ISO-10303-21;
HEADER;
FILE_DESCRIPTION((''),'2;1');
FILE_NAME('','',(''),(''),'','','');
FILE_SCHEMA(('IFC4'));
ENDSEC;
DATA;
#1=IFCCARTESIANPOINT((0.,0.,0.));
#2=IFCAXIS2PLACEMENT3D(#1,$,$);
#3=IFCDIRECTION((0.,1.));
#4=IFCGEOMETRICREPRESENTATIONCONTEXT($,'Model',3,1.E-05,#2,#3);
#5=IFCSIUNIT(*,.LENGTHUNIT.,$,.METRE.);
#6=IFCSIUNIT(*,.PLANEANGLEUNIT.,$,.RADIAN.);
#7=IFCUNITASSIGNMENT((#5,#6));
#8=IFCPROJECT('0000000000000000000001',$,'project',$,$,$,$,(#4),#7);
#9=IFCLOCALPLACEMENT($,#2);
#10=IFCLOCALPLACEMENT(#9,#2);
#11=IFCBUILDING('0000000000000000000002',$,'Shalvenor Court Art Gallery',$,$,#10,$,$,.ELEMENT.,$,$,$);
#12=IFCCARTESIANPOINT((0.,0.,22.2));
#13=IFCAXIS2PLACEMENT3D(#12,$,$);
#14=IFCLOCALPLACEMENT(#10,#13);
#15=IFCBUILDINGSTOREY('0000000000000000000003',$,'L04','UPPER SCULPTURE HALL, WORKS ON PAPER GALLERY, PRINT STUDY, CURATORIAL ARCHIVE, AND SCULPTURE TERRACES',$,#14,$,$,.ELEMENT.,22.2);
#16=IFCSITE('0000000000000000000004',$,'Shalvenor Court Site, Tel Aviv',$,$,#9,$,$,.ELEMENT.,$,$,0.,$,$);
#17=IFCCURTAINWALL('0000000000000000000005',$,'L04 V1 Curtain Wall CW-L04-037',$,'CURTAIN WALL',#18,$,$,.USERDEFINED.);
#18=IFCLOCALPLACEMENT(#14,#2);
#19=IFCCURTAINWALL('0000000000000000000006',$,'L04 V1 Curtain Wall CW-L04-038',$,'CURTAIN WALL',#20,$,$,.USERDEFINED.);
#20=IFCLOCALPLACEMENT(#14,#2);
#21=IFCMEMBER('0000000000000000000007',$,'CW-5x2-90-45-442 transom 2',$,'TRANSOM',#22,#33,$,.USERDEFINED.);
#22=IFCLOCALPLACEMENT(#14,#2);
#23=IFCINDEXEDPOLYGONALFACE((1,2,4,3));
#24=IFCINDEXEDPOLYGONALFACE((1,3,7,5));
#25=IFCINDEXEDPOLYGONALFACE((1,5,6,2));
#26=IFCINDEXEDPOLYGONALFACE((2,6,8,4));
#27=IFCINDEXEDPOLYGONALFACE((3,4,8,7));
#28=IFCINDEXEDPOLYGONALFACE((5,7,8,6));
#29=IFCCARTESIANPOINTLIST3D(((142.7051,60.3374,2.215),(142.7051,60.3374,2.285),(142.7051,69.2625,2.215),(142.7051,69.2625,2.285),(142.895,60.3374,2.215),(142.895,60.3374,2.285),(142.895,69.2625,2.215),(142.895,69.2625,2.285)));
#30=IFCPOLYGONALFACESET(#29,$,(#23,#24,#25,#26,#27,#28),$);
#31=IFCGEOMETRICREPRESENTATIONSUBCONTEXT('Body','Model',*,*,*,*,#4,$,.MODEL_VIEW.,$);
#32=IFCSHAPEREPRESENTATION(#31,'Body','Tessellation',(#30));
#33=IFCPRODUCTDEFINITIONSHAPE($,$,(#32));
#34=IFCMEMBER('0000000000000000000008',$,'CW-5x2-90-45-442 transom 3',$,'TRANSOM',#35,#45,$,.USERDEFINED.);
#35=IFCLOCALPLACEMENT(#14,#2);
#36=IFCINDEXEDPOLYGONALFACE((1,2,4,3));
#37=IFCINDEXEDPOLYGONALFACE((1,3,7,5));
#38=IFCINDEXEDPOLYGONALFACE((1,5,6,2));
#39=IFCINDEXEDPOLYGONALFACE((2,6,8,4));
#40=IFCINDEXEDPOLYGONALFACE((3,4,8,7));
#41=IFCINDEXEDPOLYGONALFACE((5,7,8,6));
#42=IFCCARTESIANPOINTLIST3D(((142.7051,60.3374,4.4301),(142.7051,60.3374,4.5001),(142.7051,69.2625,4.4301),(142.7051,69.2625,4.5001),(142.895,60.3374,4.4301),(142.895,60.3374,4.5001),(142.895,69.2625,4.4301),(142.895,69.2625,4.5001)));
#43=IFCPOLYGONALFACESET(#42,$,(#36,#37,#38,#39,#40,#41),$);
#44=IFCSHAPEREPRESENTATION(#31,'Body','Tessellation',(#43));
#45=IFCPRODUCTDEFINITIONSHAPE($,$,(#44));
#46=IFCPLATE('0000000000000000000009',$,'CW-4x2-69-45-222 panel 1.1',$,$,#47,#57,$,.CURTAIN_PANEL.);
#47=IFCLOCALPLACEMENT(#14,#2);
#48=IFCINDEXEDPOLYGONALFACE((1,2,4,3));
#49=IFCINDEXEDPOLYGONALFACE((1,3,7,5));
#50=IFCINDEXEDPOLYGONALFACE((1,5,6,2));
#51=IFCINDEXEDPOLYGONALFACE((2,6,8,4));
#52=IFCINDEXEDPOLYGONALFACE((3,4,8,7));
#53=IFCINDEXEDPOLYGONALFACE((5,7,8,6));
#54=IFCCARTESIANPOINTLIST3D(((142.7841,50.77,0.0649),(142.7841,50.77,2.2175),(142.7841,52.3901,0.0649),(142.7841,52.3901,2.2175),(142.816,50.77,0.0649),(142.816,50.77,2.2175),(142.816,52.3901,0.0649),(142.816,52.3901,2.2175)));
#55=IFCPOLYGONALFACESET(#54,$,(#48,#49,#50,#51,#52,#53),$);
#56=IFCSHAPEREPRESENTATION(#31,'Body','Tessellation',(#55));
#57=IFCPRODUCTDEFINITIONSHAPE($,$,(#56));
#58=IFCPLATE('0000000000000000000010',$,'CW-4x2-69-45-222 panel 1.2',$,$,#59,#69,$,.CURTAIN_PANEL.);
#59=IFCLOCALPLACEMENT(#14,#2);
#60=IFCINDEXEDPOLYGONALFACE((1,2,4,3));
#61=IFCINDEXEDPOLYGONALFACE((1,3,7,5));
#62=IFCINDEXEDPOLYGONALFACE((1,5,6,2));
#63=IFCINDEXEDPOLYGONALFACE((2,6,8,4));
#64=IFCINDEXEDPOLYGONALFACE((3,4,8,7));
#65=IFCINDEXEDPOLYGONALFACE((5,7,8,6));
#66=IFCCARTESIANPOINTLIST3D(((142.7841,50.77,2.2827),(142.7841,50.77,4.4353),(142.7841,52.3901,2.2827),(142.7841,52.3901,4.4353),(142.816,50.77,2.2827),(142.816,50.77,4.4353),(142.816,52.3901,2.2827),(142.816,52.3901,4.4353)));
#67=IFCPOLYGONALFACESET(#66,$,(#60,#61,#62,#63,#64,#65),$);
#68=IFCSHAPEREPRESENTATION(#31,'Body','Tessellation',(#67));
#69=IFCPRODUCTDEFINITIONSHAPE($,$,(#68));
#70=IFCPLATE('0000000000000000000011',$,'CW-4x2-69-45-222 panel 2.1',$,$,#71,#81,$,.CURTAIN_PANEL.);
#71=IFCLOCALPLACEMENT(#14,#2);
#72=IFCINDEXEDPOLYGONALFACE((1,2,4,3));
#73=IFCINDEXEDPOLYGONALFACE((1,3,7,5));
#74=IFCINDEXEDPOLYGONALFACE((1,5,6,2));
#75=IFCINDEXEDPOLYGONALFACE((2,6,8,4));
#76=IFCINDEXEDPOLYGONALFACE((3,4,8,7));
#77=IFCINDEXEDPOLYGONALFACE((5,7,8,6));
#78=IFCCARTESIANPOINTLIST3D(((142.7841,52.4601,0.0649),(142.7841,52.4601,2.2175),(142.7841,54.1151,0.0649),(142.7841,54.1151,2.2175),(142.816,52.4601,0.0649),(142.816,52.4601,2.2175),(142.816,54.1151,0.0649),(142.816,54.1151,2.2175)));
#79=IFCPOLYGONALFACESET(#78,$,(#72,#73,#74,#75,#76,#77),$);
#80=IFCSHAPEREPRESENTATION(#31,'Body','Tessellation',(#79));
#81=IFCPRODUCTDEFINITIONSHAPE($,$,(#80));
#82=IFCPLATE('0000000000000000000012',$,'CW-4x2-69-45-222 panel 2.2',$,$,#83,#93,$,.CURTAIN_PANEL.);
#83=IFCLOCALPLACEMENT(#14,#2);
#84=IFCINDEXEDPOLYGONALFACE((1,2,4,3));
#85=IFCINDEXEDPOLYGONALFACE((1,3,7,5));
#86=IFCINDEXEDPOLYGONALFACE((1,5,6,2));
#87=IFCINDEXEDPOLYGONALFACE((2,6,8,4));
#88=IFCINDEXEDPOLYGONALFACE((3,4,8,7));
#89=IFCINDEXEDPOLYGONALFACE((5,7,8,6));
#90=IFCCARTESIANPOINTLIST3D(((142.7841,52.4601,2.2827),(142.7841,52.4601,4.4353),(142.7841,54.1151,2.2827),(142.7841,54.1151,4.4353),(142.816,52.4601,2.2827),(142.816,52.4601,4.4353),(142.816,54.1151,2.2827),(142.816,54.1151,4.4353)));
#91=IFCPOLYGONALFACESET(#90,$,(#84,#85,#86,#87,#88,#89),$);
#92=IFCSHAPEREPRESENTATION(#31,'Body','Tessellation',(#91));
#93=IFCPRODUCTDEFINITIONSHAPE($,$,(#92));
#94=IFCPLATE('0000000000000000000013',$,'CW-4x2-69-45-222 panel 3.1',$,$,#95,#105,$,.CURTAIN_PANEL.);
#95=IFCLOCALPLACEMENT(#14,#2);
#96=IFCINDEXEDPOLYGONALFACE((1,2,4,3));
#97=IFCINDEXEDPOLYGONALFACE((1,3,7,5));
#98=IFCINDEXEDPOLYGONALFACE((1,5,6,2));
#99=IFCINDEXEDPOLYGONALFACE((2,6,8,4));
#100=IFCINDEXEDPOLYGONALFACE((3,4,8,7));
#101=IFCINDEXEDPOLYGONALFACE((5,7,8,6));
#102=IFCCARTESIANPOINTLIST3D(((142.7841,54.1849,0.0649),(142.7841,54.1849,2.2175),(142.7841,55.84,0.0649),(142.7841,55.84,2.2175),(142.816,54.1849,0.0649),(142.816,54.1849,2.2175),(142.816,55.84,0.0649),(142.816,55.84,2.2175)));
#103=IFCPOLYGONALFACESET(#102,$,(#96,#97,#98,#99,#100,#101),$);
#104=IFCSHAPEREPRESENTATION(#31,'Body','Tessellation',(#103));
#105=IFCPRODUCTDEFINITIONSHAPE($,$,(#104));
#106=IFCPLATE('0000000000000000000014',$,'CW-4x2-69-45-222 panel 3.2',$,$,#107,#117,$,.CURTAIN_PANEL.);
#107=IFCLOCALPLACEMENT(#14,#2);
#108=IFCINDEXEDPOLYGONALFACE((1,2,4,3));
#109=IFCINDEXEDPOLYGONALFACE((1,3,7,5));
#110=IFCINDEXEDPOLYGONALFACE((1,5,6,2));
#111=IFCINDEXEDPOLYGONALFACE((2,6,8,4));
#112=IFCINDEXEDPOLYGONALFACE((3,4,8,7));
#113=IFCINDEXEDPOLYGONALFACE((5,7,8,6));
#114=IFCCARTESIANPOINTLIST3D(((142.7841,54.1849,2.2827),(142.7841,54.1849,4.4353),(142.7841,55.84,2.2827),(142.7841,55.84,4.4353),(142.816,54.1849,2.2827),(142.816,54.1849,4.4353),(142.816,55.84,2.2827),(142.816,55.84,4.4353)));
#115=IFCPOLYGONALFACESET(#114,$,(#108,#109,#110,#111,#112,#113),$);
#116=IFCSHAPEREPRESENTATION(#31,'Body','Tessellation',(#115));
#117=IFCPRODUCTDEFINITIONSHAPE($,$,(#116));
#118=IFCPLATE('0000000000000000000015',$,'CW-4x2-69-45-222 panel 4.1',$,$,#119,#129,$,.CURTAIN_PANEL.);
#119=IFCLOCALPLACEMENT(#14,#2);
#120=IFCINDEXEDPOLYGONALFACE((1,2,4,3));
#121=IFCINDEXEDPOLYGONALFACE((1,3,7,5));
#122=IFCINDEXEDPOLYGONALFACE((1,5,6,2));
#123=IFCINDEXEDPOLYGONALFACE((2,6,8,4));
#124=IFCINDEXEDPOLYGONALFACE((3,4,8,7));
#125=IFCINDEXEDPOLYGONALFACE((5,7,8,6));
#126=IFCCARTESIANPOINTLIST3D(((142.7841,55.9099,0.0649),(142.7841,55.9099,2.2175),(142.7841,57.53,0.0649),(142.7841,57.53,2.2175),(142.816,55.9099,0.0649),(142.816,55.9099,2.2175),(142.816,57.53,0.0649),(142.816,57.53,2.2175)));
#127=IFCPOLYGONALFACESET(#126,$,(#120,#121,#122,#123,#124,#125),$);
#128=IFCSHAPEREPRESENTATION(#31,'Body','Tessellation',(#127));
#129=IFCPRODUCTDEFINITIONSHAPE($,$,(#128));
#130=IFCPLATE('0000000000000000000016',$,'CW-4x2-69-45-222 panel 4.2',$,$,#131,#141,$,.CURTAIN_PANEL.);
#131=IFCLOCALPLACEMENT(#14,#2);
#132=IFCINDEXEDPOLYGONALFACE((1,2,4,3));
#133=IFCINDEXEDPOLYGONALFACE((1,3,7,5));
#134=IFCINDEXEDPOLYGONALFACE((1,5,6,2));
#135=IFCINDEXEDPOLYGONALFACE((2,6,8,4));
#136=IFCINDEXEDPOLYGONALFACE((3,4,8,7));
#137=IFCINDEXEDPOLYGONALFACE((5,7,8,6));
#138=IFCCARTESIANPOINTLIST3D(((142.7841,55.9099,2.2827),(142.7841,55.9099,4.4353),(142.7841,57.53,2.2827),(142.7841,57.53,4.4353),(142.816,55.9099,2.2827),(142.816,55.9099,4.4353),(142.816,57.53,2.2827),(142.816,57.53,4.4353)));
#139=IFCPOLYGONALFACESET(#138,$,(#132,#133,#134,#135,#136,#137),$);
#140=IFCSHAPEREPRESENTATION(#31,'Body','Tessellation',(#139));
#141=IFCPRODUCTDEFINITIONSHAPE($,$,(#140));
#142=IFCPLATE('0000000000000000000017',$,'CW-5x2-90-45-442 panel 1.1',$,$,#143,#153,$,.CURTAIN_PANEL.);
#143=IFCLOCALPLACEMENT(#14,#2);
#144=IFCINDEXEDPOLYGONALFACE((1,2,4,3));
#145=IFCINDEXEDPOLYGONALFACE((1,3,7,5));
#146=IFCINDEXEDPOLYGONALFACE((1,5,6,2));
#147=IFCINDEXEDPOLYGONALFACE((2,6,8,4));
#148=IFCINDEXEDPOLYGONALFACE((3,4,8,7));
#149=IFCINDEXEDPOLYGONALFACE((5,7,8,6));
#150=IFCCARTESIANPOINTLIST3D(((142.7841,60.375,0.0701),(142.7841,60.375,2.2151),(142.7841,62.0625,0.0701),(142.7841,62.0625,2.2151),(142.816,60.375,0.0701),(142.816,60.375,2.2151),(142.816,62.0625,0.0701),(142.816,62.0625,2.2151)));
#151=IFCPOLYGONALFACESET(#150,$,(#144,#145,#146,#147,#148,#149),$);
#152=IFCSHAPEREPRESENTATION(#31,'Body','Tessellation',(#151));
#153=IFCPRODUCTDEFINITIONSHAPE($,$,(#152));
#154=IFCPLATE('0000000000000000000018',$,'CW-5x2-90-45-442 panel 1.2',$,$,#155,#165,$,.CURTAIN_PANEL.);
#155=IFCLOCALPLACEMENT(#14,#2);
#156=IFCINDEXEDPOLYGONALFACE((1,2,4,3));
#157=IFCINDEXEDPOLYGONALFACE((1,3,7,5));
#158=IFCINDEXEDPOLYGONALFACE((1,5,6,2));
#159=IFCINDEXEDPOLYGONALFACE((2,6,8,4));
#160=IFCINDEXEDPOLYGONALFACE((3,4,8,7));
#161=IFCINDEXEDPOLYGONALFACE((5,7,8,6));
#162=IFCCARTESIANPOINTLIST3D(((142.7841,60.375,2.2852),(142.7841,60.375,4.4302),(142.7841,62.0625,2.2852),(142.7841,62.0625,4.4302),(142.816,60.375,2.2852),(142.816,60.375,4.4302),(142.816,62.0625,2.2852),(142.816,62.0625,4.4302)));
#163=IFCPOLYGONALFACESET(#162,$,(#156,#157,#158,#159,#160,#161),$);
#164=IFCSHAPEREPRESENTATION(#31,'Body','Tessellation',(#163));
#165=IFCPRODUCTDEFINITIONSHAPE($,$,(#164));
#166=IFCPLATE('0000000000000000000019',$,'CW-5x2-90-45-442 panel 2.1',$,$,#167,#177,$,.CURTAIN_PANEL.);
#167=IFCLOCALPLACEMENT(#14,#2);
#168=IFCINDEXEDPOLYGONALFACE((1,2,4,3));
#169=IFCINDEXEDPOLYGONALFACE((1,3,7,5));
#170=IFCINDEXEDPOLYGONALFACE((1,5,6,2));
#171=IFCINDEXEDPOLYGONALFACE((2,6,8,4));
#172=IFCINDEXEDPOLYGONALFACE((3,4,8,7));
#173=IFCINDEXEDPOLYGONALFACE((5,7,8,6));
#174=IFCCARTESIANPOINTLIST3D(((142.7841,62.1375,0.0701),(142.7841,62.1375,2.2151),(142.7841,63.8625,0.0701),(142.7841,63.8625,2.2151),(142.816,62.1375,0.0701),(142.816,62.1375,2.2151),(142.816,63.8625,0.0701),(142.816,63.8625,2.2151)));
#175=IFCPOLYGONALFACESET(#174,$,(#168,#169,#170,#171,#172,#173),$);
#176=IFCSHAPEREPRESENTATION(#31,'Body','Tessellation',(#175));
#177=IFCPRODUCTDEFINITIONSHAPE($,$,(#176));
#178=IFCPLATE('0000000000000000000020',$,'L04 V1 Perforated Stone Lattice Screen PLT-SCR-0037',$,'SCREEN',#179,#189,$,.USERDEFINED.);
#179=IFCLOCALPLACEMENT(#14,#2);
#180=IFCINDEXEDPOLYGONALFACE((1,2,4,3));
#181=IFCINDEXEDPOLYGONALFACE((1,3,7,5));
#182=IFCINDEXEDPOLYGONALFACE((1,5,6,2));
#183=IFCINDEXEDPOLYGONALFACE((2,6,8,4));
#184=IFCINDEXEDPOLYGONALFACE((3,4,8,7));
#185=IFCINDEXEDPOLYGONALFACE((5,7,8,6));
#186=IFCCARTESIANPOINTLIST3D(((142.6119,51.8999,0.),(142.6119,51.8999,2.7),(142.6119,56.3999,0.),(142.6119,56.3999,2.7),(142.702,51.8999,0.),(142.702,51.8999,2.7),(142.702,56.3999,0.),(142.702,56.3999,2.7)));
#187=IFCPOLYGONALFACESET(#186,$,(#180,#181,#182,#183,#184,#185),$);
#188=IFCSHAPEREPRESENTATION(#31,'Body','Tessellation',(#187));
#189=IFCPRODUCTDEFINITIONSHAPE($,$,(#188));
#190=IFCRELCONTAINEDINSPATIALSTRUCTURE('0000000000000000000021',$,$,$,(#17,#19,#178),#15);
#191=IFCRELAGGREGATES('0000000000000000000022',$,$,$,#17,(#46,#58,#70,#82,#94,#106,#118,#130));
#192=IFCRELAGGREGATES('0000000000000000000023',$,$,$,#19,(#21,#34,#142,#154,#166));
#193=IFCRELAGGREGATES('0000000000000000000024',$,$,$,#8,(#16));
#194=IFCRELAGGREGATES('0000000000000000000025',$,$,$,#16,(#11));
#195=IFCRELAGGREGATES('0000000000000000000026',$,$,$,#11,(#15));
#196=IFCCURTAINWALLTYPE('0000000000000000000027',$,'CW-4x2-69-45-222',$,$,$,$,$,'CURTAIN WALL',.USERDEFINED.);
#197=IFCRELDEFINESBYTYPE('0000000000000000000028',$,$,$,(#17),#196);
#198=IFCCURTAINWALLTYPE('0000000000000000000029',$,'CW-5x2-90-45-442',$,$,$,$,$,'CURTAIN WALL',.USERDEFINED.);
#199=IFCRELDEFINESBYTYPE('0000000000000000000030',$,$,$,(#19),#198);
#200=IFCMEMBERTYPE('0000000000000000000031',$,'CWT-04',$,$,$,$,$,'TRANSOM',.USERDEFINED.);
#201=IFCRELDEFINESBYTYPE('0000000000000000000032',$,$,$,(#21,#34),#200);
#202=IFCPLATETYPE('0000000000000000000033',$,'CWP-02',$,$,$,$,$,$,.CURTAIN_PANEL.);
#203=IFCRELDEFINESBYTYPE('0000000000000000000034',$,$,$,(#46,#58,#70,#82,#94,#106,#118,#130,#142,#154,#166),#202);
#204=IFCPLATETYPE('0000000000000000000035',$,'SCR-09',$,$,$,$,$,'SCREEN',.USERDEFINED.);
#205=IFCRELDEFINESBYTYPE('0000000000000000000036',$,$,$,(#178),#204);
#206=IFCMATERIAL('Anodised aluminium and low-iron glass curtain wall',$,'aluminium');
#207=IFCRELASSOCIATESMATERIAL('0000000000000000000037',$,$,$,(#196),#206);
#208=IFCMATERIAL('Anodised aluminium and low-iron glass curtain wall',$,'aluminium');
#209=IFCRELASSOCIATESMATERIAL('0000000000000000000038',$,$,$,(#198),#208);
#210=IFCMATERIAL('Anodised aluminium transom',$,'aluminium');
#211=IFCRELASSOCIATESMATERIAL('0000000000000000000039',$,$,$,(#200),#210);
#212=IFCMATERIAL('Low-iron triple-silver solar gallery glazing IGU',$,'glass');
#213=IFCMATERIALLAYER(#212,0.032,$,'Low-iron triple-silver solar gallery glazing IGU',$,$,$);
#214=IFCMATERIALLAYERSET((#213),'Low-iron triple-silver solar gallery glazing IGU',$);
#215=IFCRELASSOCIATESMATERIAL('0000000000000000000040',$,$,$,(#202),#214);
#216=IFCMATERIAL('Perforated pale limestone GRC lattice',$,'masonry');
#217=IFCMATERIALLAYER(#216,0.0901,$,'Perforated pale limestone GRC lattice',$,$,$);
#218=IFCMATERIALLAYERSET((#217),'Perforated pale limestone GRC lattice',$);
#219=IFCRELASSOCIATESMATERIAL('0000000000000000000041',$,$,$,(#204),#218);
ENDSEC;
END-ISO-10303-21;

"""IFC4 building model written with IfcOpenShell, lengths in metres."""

from ifc_helpers import new_model, si_unit, direction, frame, origin, origin_2d, place, context, subcontext, project, spatial, rectangle, extrude, material, layer, layer_set, material_profile, profile_set, type_object, element, aggregate, save


model = new_model("IFC4")

# Units and contexts
model_context = context("Model", 3, precision=1e-05, world=origin(), true_north=direction((0.0, 1.0)))
body_context = subcontext(model_context, "Body", "Model", "MODEL_VIEW")
ifc_project = project(units=[si_unit("LENGTHUNIT", "METRE"), si_unit("PLANEANGLEUNIT", "RADIAN")], contexts=[model_context])

# Site, building, storey
site_placement = place(None, origin())
site = spatial("IfcSite", under=ifc_project, at=site_placement, Name="Shalvenor Court Site, Tel Aviv", CompositionType="ELEMENT", RefElevation=0.0)
building_placement = place(site_placement, origin())
building = spatial("IfcBuilding", under=site, at=building_placement, Name="Shalvenor Court Art Gallery", CompositionType="ELEMENT")
storey_placement = place(building_placement, frame((0.0, 0.0, 22.2)))
storey = spatial("IfcBuildingStorey", under=building, at=storey_placement, Name="L04", Description="UPPER SCULPTURE HALL, WORKS ON PAPER GALLERY, PRINT STUDY, CURATORIAL ARCHIVE, AND SCULPTURE TERRACES", CompositionType="ELEMENT", Elevation=22.2)

# Curtain walls
ifc_material_1 = material(Name="Anodised aluminium and low-iron glass curtain wall", Category="aluminium")
curtain_wall_type_1 = type_object("IfcCurtainWallType", Name="CW-4x2-69-45-222", ElementType="CURTAIN WALL", PredefinedType="USERDEFINED", material=ifc_material_1)
curtain_wall_1_placement = place(storey_placement, origin())
curtain_wall_1 = element("IfcCurtainWall", 1, at=curtain_wall_1_placement, inside=storey, type_object=curtain_wall_type_1, Name="L04 V1 Curtain Wall CW-L04-037", ObjectType="CURTAIN WALL", PredefinedType="USERDEFINED")
ifc_material_2 = material(Name="Anodised aluminium and low-iron glass curtain wall", Category="aluminium")
curtain_wall_type_2 = type_object("IfcCurtainWallType", Name="CW-5x2-90-45-442", ElementType="CURTAIN WALL", PredefinedType="USERDEFINED", material=ifc_material_2)
curtain_wall_2_placement = place(storey_placement, origin())
curtain_wall_2 = element("IfcCurtainWall", 2, at=curtain_wall_2_placement, inside=storey, type_object=curtain_wall_type_2, Name="L04 V1 Curtain Wall CW-L04-038", ObjectType="CURTAIN WALL", PredefinedType="USERDEFINED")

# Members
ifc_material_3 = material(Name="Anodised aluminium transom", Category="aluminium")
ifc_material_profile_1 = material_profile(ifc_material_3, rectangle(XDim=0.1899, YDim=0.0701, at=origin_2d()), Name="CWT-04")
ifc_profile_set_1 = profile_set([ifc_material_profile_1], Name="Anodised aluminium transom")
member_type_1 = type_object("IfcMemberType", Name="CWT-04", ElementType="TRANSOM", PredefinedType="USERDEFINED", material=ifc_profile_set_1)
member_1_placement = place(storey_placement, frame((142.8, 60.3374, 2.25), z_axis=(0.0, 1.0, 0.0), x_axis=(-1.0, 0.0, 0.0)))
member_1 = element("IfcMember", 3, at=member_1_placement, type_object=member_type_1, Name="CW-5x2-90-45-442 transom 2", ObjectType="TRANSOM", PredefinedType="USERDEFINED", context=body_context, shape_type="SweptSolid", body=[
    extrude(rectangle(XDim=0.1899, YDim=0.0701, at=origin_2d()), origin(), (0.0, 0.0, 1.0), 8.925),
])
member_2_placement = place(storey_placement, frame((142.8, 60.3374, 4.4651), z_axis=(0.0, 1.0, 0.0), x_axis=(-1.0, 0.0, 0.0)))
member_2 = element("IfcMember", 4, at=member_2_placement, type_object=member_type_1, Name="CW-5x2-90-45-442 transom 3", ObjectType="TRANSOM", PredefinedType="USERDEFINED", context=body_context, shape_type="SweptSolid", body=[
    extrude(rectangle(XDim=0.1899, YDim=0.0701, at=origin_2d()), origin(), (0.0, 0.0, 1.0), 8.925),
])

# Plates
ifc_material_4 = material(Name="Low-iron triple-silver solar gallery glazing IGU", Category="glass")
ifc_layer_1 = layer(ifc_material_4, 0.032, Name="Low-iron triple-silver solar gallery glazing IGU")
ifc_layer_set_1 = layer_set([ifc_layer_1], Name="Low-iron triple-silver solar gallery glazing IGU")
plate_type_1 = type_object("IfcPlateType", Name="CWP-02", PredefinedType="CURTAIN_PANEL", material=ifc_layer_set_1)
plate_1_placement = place(storey_placement, frame((142.8, 51.5801, 0.0649), z_axis=(0.0, 0.0, 1.0), x_axis=(0.0, 1.0, 0.0)))
plate_1 = element("IfcPlate", 5, at=plate_1_placement, type_object=plate_type_1, Name="CW-4x2-69-45-222 panel 1.1", PredefinedType="CURTAIN_PANEL", context=body_context, shape_type="SweptSolid", body=[
    extrude(rectangle(XDim=1.6201, YDim=0.032, at=origin_2d()), origin(), (0.0, 0.0, 1.0), 2.1526),
])
plate_2_placement = place(storey_placement, frame((142.8, 51.5801, 2.2827), z_axis=(0.0, 0.0, 1.0), x_axis=(0.0, 1.0, 0.0)))
plate_2 = element("IfcPlate", 6, at=plate_2_placement, type_object=plate_type_1, Name="CW-4x2-69-45-222 panel 1.2", PredefinedType="CURTAIN_PANEL", context=body_context, shape_type="SweptSolid", body=[
    extrude(rectangle(XDim=1.6201, YDim=0.032, at=origin_2d()), origin(), (0.0, 0.0, 1.0), 2.1526),
])
plate_3_placement = place(storey_placement, frame((142.8, 53.2876, 0.0649), z_axis=(0.0, 0.0, 1.0), x_axis=(0.0, 1.0, 0.0)))
plate_3 = element("IfcPlate", 7, at=plate_3_placement, type_object=plate_type_1, Name="CW-4x2-69-45-222 panel 2.1", PredefinedType="CURTAIN_PANEL", context=body_context, shape_type="SweptSolid", body=[
    extrude(rectangle(XDim=1.655, YDim=0.032, at=origin_2d()), origin(), (0.0, 0.0, 1.0), 2.1526),
])
plate_4_placement = place(storey_placement, frame((142.8, 53.2876, 2.2827), z_axis=(0.0, 0.0, 1.0), x_axis=(0.0, 1.0, 0.0)))
plate_4 = element("IfcPlate", 8, at=plate_4_placement, type_object=plate_type_1, Name="CW-4x2-69-45-222 panel 2.2", PredefinedType="CURTAIN_PANEL", context=body_context, shape_type="SweptSolid", body=[
    extrude(rectangle(XDim=1.655, YDim=0.032, at=origin_2d()), origin(), (0.0, 0.0, 1.0), 2.1526),
])
plate_5_placement = place(storey_placement, frame((142.8, 55.0125, 0.0649), z_axis=(0.0, 0.0, 1.0), x_axis=(0.0, 1.0, 0.0)))
plate_5 = element("IfcPlate", 9, at=plate_5_placement, type_object=plate_type_1, Name="CW-4x2-69-45-222 panel 3.1", PredefinedType="CURTAIN_PANEL", context=body_context, shape_type="SweptSolid", body=[
    extrude(rectangle(XDim=1.655, YDim=0.032, at=origin_2d()), origin(), (0.0, 0.0, 1.0), 2.1526),
])
plate_6_placement = place(storey_placement, frame((142.8, 55.0125, 2.2827), z_axis=(0.0, 0.0, 1.0), x_axis=(0.0, 1.0, 0.0)))
plate_6 = element("IfcPlate", 10, at=plate_6_placement, type_object=plate_type_1, Name="CW-4x2-69-45-222 panel 3.2", PredefinedType="CURTAIN_PANEL", context=body_context, shape_type="SweptSolid", body=[
    extrude(rectangle(XDim=1.655, YDim=0.032, at=origin_2d()), origin(), (0.0, 0.0, 1.0), 2.1526),
])
plate_7_placement = place(storey_placement, frame((142.8, 56.72, 0.0649), z_axis=(0.0, 0.0, 1.0), x_axis=(0.0, 1.0, 0.0)))
plate_7 = element("IfcPlate", 11, at=plate_7_placement, type_object=plate_type_1, Name="CW-4x2-69-45-222 panel 4.1", PredefinedType="CURTAIN_PANEL", context=body_context, shape_type="SweptSolid", body=[
    extrude(rectangle(XDim=1.6201, YDim=0.032, at=origin_2d()), origin(), (0.0, 0.0, 1.0), 2.1526),
])
plate_8_placement = place(storey_placement, frame((142.8, 56.72, 2.2827), z_axis=(0.0, 0.0, 1.0), x_axis=(0.0, 1.0, 0.0)))
plate_8 = element("IfcPlate", 12, at=plate_8_placement, type_object=plate_type_1, Name="CW-4x2-69-45-222 panel 4.2", PredefinedType="CURTAIN_PANEL", context=body_context, shape_type="SweptSolid", body=[
    extrude(rectangle(XDim=1.6201, YDim=0.032, at=origin_2d()), origin(), (0.0, 0.0, 1.0), 2.1526),
])
aggregate(curtain_wall_1, [plate_1, plate_2, plate_3, plate_4, plate_5, plate_6, plate_7, plate_8])
plate_9_placement = place(storey_placement, frame((142.8, 61.2188, 0.0701), z_axis=(0.0, 0.0, 1.0), x_axis=(0.0, 1.0, 0.0)))
plate_9 = element("IfcPlate", 13, at=plate_9_placement, type_object=plate_type_1, Name="CW-5x2-90-45-442 panel 1.1", PredefinedType="CURTAIN_PANEL", context=body_context, shape_type="SweptSolid", body=[
    extrude(rectangle(XDim=1.6875, YDim=0.032, at=origin_2d()), origin(), (0.0, 0.0, 1.0), 2.145),
])
plate_10_placement = place(storey_placement, frame((142.8, 61.2188, 2.2852), z_axis=(0.0, 0.0, 1.0), x_axis=(0.0, 1.0, 0.0)))
plate_10 = element("IfcPlate", 14, at=plate_10_placement, type_object=plate_type_1, Name="CW-5x2-90-45-442 panel 1.2", PredefinedType="CURTAIN_PANEL", context=body_context, shape_type="SweptSolid", body=[
    extrude(rectangle(XDim=1.6875, YDim=0.032, at=origin_2d()), origin(), (0.0, 0.0, 1.0), 2.145),
])
plate_11_placement = place(storey_placement, frame((142.8, 63.0, 0.0701), z_axis=(0.0, 0.0, 1.0), x_axis=(0.0, 1.0, 0.0)))
plate_11 = element("IfcPlate", 15, at=plate_11_placement, type_object=plate_type_1, Name="CW-5x2-90-45-442 panel 2.1", PredefinedType="CURTAIN_PANEL", context=body_context, shape_type="SweptSolid", body=[
    extrude(rectangle(XDim=1.7251, YDim=0.032, at=origin_2d()), origin(), (0.0, 0.0, 1.0), 2.145),
])
aggregate(curtain_wall_2, [member_1, member_2, plate_9, plate_10, plate_11])

# Plate
ifc_material_5 = material(Name="Perforated pale limestone GRC lattice", Category="masonry")
ifc_layer_2 = layer(ifc_material_5, 0.0901, Name="Perforated pale limestone GRC lattice")
ifc_layer_set_2 = layer_set([ifc_layer_2], Name="Perforated pale limestone GRC lattice")
plate_type_2 = type_object("IfcPlateType", Name="SCR-09", ElementType="SCREEN", PredefinedType="USERDEFINED", material=ifc_layer_set_2)
plate_12_placement = place(storey_placement, frame((142.657, 54.1499, 0.0), z_axis=(0.0, 0.0, 1.0), x_axis=(0.0, 1.0, 0.0)))
element("IfcPlate", 16, at=plate_12_placement, inside=storey, type_object=plate_type_2, Name="L04 V1 Perforated Stone Lattice Screen PLT-SCR-0037", ObjectType="SCREEN", PredefinedType="USERDEFINED", context=body_context, shape_type="SweptSolid", body=[
    extrude(rectangle(XDim=4.5, YDim=0.0901, at=origin_2d()), origin(), (0.0, 0.0, 1.0), 2.7),
])

save(model, "model.ifc")
